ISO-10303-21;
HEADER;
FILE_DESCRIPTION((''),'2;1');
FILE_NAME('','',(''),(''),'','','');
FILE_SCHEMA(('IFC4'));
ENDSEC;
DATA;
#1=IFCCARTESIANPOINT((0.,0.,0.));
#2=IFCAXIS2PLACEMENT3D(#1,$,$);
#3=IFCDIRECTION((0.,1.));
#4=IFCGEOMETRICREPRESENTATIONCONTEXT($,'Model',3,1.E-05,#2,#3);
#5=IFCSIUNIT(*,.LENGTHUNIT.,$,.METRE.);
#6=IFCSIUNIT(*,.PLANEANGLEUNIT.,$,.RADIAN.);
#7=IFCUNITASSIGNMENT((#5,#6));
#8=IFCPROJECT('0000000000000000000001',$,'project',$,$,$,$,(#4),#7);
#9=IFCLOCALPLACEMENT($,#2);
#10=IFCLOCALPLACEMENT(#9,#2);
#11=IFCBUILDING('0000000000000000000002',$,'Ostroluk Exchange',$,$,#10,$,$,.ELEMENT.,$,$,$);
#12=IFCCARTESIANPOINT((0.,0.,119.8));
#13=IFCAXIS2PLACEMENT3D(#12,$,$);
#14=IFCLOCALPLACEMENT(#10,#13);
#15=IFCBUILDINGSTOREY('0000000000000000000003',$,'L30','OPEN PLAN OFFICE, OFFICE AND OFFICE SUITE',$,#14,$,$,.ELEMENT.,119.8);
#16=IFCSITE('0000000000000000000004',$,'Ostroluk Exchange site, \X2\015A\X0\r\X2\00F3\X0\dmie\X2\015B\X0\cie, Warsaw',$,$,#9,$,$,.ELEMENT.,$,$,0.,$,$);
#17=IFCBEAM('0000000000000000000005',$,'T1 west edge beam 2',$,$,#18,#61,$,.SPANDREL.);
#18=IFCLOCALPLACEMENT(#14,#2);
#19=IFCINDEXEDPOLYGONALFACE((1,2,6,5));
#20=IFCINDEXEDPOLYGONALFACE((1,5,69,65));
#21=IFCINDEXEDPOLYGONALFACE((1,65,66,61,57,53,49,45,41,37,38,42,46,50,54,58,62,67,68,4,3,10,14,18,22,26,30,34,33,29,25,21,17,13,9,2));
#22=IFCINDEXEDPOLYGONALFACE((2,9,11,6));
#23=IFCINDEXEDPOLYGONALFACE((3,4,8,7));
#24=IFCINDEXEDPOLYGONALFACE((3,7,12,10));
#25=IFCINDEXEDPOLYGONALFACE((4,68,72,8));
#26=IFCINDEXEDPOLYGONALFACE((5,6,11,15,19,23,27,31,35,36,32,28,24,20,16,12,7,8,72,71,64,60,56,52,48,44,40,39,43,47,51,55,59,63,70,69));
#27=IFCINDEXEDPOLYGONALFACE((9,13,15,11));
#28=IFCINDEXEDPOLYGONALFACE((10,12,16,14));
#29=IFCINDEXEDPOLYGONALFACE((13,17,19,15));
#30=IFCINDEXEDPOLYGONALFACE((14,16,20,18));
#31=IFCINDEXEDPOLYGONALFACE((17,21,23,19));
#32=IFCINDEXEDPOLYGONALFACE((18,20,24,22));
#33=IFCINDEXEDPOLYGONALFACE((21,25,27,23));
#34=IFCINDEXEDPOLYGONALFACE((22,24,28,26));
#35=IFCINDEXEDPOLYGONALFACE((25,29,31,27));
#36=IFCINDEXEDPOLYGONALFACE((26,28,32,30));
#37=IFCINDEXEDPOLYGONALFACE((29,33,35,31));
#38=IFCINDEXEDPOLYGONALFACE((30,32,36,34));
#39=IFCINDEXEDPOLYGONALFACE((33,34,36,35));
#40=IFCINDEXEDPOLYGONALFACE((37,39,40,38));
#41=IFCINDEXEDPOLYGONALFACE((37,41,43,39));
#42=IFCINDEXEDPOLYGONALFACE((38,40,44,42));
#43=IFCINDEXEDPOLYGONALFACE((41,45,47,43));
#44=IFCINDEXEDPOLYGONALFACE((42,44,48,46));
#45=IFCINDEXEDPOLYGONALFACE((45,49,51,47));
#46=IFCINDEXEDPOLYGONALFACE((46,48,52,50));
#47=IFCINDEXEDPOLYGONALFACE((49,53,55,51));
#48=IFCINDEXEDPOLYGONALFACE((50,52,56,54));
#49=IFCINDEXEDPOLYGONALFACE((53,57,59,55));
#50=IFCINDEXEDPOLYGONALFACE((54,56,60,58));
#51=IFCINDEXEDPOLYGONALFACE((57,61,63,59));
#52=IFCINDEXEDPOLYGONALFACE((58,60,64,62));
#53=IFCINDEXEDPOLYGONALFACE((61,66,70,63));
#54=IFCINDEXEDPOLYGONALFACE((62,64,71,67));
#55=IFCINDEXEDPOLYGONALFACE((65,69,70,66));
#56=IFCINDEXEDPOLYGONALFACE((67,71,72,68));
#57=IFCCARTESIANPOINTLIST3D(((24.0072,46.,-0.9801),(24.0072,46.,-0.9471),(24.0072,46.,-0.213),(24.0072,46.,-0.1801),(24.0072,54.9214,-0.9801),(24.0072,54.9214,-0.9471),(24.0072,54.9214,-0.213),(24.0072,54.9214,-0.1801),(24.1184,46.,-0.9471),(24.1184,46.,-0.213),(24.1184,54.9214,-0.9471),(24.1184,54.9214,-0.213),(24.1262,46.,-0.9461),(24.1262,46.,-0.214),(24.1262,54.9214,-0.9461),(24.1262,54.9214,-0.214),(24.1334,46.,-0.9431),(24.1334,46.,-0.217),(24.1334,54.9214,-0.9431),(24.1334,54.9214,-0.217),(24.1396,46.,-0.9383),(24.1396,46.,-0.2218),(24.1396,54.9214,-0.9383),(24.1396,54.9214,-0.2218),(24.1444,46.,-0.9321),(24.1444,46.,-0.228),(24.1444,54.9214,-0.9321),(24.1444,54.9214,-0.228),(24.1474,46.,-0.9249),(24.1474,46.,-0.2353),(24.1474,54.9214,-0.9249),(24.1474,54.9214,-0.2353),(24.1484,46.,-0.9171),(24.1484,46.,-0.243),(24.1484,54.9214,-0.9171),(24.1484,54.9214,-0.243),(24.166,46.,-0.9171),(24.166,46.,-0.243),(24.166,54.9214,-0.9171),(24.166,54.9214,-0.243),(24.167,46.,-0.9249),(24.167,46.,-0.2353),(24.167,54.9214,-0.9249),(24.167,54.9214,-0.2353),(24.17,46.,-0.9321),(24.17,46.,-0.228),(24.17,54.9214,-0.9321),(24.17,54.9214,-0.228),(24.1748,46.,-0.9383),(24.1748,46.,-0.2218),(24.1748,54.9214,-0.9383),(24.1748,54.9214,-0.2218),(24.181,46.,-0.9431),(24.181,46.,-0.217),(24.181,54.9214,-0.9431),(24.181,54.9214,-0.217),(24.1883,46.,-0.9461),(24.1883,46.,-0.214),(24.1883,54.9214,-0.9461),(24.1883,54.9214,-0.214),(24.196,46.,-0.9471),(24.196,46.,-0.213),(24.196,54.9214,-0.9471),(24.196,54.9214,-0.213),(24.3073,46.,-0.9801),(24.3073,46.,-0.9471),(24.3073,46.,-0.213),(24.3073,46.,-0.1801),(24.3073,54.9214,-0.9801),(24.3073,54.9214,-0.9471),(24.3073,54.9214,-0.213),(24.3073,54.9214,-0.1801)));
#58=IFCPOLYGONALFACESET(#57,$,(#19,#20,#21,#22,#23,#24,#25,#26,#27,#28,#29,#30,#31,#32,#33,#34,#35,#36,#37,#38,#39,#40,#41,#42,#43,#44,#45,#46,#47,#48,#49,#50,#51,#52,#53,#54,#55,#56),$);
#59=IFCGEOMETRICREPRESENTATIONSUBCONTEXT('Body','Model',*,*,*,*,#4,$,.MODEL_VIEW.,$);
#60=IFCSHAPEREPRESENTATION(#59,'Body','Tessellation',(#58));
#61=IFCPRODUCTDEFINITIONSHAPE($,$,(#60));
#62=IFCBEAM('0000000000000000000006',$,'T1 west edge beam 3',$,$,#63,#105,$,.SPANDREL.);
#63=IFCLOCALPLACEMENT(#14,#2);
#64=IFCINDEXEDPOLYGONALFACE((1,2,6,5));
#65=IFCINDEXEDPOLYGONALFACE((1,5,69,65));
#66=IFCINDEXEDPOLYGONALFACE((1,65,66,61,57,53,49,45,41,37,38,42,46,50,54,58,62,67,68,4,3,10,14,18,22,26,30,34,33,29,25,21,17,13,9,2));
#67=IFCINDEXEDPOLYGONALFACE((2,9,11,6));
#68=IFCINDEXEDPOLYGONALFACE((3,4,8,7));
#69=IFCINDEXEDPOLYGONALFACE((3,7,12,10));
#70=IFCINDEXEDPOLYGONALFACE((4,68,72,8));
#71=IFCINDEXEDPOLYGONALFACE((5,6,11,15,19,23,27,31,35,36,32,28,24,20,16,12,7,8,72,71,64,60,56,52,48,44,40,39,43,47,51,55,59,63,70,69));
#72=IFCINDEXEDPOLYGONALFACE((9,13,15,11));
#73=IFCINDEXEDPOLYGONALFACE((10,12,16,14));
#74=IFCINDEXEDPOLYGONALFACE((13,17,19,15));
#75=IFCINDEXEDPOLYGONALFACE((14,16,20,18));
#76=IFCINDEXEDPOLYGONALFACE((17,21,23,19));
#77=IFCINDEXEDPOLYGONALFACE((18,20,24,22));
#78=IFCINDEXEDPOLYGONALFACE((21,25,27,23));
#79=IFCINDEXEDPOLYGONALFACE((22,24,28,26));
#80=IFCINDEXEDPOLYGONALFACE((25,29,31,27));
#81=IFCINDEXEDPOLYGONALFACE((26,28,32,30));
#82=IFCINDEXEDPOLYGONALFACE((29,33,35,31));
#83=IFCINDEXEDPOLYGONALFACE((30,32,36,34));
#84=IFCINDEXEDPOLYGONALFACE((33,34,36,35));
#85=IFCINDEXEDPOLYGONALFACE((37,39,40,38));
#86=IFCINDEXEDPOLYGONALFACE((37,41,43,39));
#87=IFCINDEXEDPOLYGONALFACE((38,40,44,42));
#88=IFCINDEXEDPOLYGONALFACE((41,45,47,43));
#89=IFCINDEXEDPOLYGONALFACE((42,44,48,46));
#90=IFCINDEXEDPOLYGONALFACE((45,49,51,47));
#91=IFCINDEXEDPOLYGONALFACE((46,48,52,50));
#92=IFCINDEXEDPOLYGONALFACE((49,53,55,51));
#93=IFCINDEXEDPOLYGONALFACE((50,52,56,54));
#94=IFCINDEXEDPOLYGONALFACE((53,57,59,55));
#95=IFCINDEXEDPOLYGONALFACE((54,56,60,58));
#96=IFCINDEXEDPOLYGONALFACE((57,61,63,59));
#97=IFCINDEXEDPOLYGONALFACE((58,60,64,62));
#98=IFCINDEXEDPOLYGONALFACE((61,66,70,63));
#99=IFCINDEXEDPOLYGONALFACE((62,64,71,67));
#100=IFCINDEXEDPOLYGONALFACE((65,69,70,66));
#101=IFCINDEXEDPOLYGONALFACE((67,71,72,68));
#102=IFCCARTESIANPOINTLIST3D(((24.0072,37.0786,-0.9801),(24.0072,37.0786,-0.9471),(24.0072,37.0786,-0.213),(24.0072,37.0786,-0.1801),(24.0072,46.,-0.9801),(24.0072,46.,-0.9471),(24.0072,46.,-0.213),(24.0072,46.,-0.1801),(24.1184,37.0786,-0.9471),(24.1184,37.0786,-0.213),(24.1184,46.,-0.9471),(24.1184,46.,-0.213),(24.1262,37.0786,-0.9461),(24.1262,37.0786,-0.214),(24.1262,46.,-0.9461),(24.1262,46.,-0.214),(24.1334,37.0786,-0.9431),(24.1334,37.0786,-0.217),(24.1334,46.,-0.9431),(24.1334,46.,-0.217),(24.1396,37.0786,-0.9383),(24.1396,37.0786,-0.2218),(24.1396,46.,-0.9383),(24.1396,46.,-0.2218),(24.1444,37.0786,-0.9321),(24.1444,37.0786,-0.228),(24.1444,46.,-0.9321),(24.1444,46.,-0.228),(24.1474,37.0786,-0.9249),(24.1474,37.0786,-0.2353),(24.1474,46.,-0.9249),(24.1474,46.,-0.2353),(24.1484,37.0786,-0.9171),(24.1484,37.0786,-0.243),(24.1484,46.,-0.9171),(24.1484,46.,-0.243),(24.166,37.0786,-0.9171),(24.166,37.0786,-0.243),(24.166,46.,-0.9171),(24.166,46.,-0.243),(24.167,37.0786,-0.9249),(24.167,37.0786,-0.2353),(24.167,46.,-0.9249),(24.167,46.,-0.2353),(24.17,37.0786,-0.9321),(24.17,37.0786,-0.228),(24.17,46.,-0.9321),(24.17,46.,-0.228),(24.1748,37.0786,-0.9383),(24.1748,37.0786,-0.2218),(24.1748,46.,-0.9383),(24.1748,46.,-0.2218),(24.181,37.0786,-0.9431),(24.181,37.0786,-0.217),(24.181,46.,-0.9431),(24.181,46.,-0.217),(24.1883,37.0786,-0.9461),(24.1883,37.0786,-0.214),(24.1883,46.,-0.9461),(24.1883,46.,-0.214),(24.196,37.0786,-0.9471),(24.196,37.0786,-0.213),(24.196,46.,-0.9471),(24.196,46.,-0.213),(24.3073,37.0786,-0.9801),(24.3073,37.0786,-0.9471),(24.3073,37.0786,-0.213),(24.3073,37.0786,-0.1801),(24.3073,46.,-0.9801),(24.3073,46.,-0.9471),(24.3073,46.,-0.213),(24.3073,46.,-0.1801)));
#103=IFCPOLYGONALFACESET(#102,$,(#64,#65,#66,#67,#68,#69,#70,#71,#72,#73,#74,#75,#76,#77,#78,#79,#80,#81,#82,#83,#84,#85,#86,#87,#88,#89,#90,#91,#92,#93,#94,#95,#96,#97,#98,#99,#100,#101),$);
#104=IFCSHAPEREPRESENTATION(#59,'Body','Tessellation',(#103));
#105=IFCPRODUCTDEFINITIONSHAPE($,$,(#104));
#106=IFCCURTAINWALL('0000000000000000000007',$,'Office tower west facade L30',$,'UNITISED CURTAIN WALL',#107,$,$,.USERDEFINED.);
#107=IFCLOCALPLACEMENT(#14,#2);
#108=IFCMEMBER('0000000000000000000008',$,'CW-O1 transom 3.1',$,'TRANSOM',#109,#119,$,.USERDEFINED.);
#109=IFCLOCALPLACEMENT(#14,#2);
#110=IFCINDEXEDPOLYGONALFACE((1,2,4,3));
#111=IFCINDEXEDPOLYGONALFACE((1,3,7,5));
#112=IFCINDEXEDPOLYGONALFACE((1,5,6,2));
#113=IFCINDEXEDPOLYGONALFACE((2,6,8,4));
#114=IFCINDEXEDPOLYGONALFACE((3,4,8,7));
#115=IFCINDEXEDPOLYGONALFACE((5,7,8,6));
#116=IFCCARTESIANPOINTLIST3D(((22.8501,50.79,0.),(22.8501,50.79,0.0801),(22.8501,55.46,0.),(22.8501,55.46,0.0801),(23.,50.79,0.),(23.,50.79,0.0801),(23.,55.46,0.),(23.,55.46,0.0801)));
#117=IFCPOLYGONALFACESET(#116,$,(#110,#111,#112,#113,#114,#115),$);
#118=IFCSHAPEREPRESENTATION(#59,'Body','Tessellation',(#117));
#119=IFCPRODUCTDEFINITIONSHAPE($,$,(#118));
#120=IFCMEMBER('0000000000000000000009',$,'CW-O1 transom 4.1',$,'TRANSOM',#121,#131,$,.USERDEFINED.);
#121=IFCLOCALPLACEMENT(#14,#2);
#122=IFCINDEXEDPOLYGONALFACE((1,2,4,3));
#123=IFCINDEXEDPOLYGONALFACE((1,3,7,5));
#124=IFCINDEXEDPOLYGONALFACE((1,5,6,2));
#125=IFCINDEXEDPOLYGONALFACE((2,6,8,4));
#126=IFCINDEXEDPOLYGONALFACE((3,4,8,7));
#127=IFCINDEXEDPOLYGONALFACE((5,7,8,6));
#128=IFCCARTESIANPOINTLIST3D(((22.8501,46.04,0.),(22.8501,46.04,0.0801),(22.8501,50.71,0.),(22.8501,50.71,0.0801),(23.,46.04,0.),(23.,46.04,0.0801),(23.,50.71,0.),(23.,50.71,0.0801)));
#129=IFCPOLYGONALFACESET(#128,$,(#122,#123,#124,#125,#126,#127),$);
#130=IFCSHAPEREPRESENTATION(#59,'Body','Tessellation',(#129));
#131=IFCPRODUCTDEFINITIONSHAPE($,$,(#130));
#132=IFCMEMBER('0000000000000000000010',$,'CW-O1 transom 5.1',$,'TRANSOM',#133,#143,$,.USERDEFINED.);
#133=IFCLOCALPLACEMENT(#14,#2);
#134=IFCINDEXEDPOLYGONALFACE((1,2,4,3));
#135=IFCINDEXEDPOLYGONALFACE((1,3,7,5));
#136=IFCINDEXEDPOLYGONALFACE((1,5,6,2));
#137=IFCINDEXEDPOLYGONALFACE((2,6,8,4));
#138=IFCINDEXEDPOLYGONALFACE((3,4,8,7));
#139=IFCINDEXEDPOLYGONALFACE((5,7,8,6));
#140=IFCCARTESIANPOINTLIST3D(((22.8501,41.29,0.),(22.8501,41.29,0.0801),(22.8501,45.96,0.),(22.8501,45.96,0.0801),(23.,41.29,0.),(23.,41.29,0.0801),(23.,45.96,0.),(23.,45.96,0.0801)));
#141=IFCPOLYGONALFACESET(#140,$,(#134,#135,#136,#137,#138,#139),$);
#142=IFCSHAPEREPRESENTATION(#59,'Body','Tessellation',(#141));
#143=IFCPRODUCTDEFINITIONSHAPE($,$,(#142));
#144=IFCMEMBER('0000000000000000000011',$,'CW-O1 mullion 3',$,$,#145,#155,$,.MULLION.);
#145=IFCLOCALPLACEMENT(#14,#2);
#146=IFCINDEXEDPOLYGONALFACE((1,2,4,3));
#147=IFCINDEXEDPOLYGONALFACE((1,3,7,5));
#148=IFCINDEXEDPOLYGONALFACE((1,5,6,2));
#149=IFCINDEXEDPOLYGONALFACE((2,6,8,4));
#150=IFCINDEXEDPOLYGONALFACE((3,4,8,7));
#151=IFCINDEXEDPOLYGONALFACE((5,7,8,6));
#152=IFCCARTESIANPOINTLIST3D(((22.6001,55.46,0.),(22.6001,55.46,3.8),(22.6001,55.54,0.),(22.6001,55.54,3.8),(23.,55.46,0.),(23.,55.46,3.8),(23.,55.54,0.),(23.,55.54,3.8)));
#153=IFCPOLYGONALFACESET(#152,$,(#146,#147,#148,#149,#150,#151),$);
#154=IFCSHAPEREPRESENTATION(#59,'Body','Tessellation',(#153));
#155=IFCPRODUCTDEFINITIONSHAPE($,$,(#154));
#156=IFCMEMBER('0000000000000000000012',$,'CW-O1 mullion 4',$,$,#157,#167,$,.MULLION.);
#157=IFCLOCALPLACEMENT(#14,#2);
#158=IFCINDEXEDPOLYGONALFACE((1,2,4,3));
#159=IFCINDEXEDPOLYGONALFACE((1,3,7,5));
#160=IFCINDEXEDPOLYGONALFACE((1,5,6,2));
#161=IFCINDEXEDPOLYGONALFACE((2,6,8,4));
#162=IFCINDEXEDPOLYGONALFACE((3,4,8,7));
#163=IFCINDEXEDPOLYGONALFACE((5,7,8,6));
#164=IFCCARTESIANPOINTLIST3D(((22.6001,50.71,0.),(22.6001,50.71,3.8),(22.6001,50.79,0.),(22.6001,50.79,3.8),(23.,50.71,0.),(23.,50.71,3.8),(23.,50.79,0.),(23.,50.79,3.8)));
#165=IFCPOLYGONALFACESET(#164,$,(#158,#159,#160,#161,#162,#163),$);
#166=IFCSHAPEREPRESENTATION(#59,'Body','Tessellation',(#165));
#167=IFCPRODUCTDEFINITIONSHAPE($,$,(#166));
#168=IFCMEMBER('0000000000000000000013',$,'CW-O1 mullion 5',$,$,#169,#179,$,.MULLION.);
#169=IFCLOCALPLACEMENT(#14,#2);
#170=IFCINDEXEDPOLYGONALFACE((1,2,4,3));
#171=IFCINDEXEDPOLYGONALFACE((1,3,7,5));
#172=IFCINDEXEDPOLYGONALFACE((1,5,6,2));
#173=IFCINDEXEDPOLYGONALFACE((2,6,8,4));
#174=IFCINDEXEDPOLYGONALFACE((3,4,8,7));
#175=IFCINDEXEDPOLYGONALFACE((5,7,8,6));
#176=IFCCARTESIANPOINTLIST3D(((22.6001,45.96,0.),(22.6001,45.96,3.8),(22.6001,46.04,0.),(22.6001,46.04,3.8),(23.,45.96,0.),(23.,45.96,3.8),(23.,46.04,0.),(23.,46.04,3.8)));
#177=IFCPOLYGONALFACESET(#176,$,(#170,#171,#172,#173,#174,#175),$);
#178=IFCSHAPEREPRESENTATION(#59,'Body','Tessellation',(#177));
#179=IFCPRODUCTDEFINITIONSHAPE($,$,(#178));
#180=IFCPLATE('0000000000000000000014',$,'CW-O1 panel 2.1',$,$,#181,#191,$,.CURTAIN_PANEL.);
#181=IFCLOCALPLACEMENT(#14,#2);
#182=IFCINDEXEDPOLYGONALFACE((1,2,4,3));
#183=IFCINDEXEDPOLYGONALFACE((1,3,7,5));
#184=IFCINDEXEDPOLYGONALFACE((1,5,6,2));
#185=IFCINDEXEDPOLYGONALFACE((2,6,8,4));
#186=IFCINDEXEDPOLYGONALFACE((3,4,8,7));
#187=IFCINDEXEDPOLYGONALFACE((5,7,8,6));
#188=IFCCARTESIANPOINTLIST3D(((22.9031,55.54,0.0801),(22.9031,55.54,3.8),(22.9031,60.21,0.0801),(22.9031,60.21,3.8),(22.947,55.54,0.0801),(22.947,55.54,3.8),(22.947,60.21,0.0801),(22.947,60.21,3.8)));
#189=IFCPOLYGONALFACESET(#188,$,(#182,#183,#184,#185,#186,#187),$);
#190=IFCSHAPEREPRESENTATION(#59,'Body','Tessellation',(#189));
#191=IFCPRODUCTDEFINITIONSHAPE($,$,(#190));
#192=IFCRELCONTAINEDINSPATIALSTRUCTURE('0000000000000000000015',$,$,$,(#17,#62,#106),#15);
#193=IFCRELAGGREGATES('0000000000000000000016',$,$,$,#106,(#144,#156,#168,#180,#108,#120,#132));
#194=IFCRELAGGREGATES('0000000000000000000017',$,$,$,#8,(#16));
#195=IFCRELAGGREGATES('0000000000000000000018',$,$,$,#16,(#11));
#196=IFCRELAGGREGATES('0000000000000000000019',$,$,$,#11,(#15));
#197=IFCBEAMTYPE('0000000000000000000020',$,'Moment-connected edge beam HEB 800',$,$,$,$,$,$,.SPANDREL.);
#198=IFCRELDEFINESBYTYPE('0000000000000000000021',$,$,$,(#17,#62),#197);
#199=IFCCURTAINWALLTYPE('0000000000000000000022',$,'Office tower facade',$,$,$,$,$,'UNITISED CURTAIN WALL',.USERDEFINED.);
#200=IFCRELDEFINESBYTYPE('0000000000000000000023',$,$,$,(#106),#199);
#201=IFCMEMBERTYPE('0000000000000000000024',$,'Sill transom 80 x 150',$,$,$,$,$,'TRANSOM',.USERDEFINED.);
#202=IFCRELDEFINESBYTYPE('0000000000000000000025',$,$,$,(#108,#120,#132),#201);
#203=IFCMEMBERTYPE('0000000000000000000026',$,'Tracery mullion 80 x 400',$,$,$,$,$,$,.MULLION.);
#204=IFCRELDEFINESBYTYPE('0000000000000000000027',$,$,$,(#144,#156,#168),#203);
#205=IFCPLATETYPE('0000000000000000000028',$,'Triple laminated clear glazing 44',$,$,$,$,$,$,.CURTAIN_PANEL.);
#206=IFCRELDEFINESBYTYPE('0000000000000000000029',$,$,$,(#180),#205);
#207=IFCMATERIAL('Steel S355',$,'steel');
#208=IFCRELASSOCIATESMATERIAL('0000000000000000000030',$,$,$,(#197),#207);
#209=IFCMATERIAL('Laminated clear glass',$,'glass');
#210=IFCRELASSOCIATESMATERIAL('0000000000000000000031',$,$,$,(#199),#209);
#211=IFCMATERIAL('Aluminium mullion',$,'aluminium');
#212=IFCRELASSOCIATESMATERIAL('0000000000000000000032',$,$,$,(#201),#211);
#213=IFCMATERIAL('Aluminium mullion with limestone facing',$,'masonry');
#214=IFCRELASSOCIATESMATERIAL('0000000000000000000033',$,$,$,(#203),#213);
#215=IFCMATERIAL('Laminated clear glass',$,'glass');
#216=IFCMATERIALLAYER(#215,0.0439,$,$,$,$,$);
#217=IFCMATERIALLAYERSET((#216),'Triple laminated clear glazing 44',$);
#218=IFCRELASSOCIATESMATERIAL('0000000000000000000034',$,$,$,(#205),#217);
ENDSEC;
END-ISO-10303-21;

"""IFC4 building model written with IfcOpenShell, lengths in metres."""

from ifc_helpers import new_model, si_unit, direction, frame, origin, origin_2d, place, context, subcontext, project, spatial, rectangle, i_section, extrude, material, layer, layer_set, material_profile, profile_set, type_object, element, aggregate, save


model = new_model("IFC4")

# Units and contexts
model_context = context("Model", 3, precision=1e-05, world=origin(), true_north=direction((0.0, 1.0)))
body_context = subcontext(model_context, "Body", "Model", "MODEL_VIEW")
ifc_project = project(units=[si_unit("LENGTHUNIT", "METRE"), si_unit("PLANEANGLEUNIT", "RADIAN")], contexts=[model_context])

# Site, building, storey
site_placement = place(None, origin())
site = spatial("IfcSite", under=ifc_project, at=site_placement, Name="Ostroluk Exchange site, Śródmieście, Warsaw", CompositionType="ELEMENT", RefElevation=0.0)
building_placement = place(site_placement, origin())
building = spatial("IfcBuilding", under=site, at=building_placement, Name="Ostroluk Exchange", CompositionType="ELEMENT")
storey_placement = place(building_placement, frame((0.0, 0.0, 119.8)))
storey = spatial("IfcBuildingStorey", under=building, at=storey_placement, Name="L30", Description="OPEN PLAN OFFICE, OFFICE AND OFFICE SUITE", CompositionType="ELEMENT", Elevation=119.8)

# Beams
ifc_material_1 = material(Name="Steel S355", Category="steel")
ifc_material_profile_1 = material_profile(ifc_material_1, i_section(OverallWidth=0.3, OverallDepth=0.8, WebThickness=0.0176, FlangeThickness=0.033, FilletRadius=0.03, at=origin_2d()), Name="HEB 800")
ifc_profile_set_1 = profile_set([ifc_material_profile_1], Name="Steel S355")
beam_type = type_object("IfcBeamType", Name="Moment-connected edge beam HEB 800", PredefinedType="SPANDREL", material=ifc_profile_set_1)
for number, where, z_axis, x_axis, name in (
    (1, (24.1572, 54.9214, -0.5801), (0.0, -1.0, 0.0), (1.0, 0.0, 0.0), "T1 west edge beam 2"),
    (2, (24.1572, 46.0, -0.5801), (0.0, -1.0, 0.0), (1.0, 0.0, 0.0), "T1 west edge beam 3"),
):
    element("IfcBeam", number, at=place(storey_placement, frame(where, z_axis=z_axis, x_axis=x_axis)), inside=storey, type_object=beam_type, Name=name, PredefinedType="SPANDREL", context=body_context, shape_type="SweptSolid", body=[
        extrude(i_section(OverallWidth=0.3, OverallDepth=0.8, WebThickness=0.0176, FlangeThickness=0.033, FilletRadius=0.03, at=origin_2d()), origin(), (0.0, 0.0, 1.0), 8.9214),
    ])

# Curtain wall, members, plate
ifc_material_2 = material(Name="Laminated clear glass", Category="glass")
curtain_wall_type = type_object("IfcCurtainWallType", Name="Office tower facade", ElementType="UNITISED CURTAIN WALL", PredefinedType="USERDEFINED", material=ifc_material_2)
curtain_wall_placement = place(storey_placement, origin())
curtain_wall = element("IfcCurtainWall", 3, at=curtain_wall_placement, inside=storey, type_object=curtain_wall_type, Name="Office tower west facade L30", ObjectType="UNITISED CURTAIN WALL", PredefinedType="USERDEFINED")
ifc_material_3 = material(Name="Aluminium mullion", Category="aluminium")
ifc_material_profile_2 = material_profile(ifc_material_3, rectangle(XDim=0.1499, YDim=0.0801, at=origin_2d()), Name="Sill transom 80 x 150")
ifc_profile_set_2 = profile_set([ifc_material_profile_2], Name="Aluminium mullion")
member_type_1 = type_object("IfcMemberType", Name="Sill transom 80 x 150", ElementType="TRANSOM", PredefinedType="USERDEFINED", material=ifc_profile_set_2)
member_1_placement = place(storey_placement, frame((22.925, 55.46, 0.04), z_axis=(0.0, -1.0, 0.0), x_axis=(1.0, 0.0, 0.0)))
member_1 = element("IfcMember", 4, at=member_1_placement, type_object=member_type_1, Name="CW-O1 transom 3.1", ObjectType="TRANSOM", PredefinedType="USERDEFINED", context=body_context, shape_type="SweptSolid", body=[
    extrude(rectangle(XDim=0.1499, YDim=0.0801, at=origin_2d()), origin(), (0.0, 0.0, 1.0), 4.6699),
])
member_2_placement = place(storey_placement, frame((22.925, 50.71, 0.04), z_axis=(0.0, -1.0, 0.0), x_axis=(1.0, 0.0, 0.0)))
member_2 = element("IfcMember", 5, at=member_2_placement, type_object=member_type_1, Name="CW-O1 transom 4.1", ObjectType="TRANSOM", PredefinedType="USERDEFINED", context=body_context, shape_type="SweptSolid", body=[
    extrude(rectangle(XDim=0.1499, YDim=0.0801, at=origin_2d()), origin(), (0.0, 0.0, 1.0), 4.6699),
])
member_3_placement = place(storey_placement, frame((22.925, 45.96, 0.04), z_axis=(0.0, -1.0, 0.0), x_axis=(1.0, 0.0, 0.0)))
member_3 = element("IfcMember", 6, at=member_3_placement, type_object=member_type_1, Name="CW-O1 transom 5.1", ObjectType="TRANSOM", PredefinedType="USERDEFINED", context=body_context, shape_type="SweptSolid", body=[
    extrude(rectangle(XDim=0.1499, YDim=0.0801, at=origin_2d()), origin(), (0.0, 0.0, 1.0), 4.6699),
])
ifc_material_4 = material(Name="Aluminium mullion with limestone facing", Category="masonry")
ifc_material_profile_3 = material_profile(ifc_material_4, rectangle(XDim=0.3999, YDim=0.0801, at=origin_2d()), Name="Tracery mullion 80 x 400")
ifc_profile_set_3 = profile_set([ifc_material_profile_3], Name="Aluminium mullion with limestone facing")
member_type_2 = type_object("IfcMemberType", Name="Tracery mullion 80 x 400", PredefinedType="MULLION", material=ifc_profile_set_3)
member_4_placement = place(storey_placement, frame((22.8, 55.5, 0.0), z_axis=(0.0, 0.0, 1.0), x_axis=(1.0, 0.0, 0.0)))
member_4 = element("IfcMember", 7, at=member_4_placement, type_object=member_type_2, Name="CW-O1 mullion 3", PredefinedType="MULLION", context=body_context, shape_type="SweptSolid", body=[
    extrude(rectangle(XDim=0.3999, YDim=0.0801, at=origin_2d()), origin(), (0.0, 0.0, 1.0), 3.8),
])
member_5_placement = place(storey_placement, frame((22.8, 50.75, 0.0), z_axis=(0.0, 0.0, 1.0), x_axis=(1.0, 0.0, 0.0)))
member_5 = element("IfcMember", 8, at=member_5_placement, type_object=member_type_2, Name="CW-O1 mullion 4", PredefinedType="MULLION", context=body_context, shape_type="SweptSolid", body=[
    extrude(rectangle(XDim=0.3999, YDim=0.0801, at=origin_2d()), origin(), (0.0, 0.0, 1.0), 3.8),
])
member_6_placement = place(storey_placement, frame((22.8, 46.0, 0.0), z_axis=(0.0, 0.0, 1.0), x_axis=(1.0, 0.0, 0.0)))
member_6 = element("IfcMember", 9, at=member_6_placement, type_object=member_type_2, Name="CW-O1 mullion 5", PredefinedType="MULLION", context=body_context, shape_type="SweptSolid", body=[
    extrude(rectangle(XDim=0.3999, YDim=0.0801, at=origin_2d()), origin(), (0.0, 0.0, 1.0), 3.8),
])
ifc_material_5 = material(Name="Laminated clear glass", Category="glass")
ifc_layer_1 = layer(ifc_material_5, 0.0439)
ifc_layer_set_1 = layer_set([ifc_layer_1], Name="Triple laminated clear glazing 44")
plate_type = type_object("IfcPlateType", Name="Triple laminated clear glazing 44", PredefinedType="CURTAIN_PANEL", material=ifc_layer_set_1)
plate_1_placement = place(storey_placement, frame((22.925, 57.875, 0.0801), z_axis=(0.0, 0.0, 1.0), x_axis=(0.0, -1.0, 0.0)))
plate_1 = element("IfcPlate", 10, at=plate_1_placement, type_object=plate_type, Name="CW-O1 panel 2.1", PredefinedType="CURTAIN_PANEL", context=body_context, shape_type="SweptSolid", body=[
    extrude(rectangle(XDim=4.6699, YDim=0.0439, at=origin_2d()), origin(), (0.0, 0.0, 1.0), 3.72),
])
aggregate(curtain_wall, [member_4, member_5, member_6, plate_1, member_1, member_2, member_3])

save(model, "model.ifc")
